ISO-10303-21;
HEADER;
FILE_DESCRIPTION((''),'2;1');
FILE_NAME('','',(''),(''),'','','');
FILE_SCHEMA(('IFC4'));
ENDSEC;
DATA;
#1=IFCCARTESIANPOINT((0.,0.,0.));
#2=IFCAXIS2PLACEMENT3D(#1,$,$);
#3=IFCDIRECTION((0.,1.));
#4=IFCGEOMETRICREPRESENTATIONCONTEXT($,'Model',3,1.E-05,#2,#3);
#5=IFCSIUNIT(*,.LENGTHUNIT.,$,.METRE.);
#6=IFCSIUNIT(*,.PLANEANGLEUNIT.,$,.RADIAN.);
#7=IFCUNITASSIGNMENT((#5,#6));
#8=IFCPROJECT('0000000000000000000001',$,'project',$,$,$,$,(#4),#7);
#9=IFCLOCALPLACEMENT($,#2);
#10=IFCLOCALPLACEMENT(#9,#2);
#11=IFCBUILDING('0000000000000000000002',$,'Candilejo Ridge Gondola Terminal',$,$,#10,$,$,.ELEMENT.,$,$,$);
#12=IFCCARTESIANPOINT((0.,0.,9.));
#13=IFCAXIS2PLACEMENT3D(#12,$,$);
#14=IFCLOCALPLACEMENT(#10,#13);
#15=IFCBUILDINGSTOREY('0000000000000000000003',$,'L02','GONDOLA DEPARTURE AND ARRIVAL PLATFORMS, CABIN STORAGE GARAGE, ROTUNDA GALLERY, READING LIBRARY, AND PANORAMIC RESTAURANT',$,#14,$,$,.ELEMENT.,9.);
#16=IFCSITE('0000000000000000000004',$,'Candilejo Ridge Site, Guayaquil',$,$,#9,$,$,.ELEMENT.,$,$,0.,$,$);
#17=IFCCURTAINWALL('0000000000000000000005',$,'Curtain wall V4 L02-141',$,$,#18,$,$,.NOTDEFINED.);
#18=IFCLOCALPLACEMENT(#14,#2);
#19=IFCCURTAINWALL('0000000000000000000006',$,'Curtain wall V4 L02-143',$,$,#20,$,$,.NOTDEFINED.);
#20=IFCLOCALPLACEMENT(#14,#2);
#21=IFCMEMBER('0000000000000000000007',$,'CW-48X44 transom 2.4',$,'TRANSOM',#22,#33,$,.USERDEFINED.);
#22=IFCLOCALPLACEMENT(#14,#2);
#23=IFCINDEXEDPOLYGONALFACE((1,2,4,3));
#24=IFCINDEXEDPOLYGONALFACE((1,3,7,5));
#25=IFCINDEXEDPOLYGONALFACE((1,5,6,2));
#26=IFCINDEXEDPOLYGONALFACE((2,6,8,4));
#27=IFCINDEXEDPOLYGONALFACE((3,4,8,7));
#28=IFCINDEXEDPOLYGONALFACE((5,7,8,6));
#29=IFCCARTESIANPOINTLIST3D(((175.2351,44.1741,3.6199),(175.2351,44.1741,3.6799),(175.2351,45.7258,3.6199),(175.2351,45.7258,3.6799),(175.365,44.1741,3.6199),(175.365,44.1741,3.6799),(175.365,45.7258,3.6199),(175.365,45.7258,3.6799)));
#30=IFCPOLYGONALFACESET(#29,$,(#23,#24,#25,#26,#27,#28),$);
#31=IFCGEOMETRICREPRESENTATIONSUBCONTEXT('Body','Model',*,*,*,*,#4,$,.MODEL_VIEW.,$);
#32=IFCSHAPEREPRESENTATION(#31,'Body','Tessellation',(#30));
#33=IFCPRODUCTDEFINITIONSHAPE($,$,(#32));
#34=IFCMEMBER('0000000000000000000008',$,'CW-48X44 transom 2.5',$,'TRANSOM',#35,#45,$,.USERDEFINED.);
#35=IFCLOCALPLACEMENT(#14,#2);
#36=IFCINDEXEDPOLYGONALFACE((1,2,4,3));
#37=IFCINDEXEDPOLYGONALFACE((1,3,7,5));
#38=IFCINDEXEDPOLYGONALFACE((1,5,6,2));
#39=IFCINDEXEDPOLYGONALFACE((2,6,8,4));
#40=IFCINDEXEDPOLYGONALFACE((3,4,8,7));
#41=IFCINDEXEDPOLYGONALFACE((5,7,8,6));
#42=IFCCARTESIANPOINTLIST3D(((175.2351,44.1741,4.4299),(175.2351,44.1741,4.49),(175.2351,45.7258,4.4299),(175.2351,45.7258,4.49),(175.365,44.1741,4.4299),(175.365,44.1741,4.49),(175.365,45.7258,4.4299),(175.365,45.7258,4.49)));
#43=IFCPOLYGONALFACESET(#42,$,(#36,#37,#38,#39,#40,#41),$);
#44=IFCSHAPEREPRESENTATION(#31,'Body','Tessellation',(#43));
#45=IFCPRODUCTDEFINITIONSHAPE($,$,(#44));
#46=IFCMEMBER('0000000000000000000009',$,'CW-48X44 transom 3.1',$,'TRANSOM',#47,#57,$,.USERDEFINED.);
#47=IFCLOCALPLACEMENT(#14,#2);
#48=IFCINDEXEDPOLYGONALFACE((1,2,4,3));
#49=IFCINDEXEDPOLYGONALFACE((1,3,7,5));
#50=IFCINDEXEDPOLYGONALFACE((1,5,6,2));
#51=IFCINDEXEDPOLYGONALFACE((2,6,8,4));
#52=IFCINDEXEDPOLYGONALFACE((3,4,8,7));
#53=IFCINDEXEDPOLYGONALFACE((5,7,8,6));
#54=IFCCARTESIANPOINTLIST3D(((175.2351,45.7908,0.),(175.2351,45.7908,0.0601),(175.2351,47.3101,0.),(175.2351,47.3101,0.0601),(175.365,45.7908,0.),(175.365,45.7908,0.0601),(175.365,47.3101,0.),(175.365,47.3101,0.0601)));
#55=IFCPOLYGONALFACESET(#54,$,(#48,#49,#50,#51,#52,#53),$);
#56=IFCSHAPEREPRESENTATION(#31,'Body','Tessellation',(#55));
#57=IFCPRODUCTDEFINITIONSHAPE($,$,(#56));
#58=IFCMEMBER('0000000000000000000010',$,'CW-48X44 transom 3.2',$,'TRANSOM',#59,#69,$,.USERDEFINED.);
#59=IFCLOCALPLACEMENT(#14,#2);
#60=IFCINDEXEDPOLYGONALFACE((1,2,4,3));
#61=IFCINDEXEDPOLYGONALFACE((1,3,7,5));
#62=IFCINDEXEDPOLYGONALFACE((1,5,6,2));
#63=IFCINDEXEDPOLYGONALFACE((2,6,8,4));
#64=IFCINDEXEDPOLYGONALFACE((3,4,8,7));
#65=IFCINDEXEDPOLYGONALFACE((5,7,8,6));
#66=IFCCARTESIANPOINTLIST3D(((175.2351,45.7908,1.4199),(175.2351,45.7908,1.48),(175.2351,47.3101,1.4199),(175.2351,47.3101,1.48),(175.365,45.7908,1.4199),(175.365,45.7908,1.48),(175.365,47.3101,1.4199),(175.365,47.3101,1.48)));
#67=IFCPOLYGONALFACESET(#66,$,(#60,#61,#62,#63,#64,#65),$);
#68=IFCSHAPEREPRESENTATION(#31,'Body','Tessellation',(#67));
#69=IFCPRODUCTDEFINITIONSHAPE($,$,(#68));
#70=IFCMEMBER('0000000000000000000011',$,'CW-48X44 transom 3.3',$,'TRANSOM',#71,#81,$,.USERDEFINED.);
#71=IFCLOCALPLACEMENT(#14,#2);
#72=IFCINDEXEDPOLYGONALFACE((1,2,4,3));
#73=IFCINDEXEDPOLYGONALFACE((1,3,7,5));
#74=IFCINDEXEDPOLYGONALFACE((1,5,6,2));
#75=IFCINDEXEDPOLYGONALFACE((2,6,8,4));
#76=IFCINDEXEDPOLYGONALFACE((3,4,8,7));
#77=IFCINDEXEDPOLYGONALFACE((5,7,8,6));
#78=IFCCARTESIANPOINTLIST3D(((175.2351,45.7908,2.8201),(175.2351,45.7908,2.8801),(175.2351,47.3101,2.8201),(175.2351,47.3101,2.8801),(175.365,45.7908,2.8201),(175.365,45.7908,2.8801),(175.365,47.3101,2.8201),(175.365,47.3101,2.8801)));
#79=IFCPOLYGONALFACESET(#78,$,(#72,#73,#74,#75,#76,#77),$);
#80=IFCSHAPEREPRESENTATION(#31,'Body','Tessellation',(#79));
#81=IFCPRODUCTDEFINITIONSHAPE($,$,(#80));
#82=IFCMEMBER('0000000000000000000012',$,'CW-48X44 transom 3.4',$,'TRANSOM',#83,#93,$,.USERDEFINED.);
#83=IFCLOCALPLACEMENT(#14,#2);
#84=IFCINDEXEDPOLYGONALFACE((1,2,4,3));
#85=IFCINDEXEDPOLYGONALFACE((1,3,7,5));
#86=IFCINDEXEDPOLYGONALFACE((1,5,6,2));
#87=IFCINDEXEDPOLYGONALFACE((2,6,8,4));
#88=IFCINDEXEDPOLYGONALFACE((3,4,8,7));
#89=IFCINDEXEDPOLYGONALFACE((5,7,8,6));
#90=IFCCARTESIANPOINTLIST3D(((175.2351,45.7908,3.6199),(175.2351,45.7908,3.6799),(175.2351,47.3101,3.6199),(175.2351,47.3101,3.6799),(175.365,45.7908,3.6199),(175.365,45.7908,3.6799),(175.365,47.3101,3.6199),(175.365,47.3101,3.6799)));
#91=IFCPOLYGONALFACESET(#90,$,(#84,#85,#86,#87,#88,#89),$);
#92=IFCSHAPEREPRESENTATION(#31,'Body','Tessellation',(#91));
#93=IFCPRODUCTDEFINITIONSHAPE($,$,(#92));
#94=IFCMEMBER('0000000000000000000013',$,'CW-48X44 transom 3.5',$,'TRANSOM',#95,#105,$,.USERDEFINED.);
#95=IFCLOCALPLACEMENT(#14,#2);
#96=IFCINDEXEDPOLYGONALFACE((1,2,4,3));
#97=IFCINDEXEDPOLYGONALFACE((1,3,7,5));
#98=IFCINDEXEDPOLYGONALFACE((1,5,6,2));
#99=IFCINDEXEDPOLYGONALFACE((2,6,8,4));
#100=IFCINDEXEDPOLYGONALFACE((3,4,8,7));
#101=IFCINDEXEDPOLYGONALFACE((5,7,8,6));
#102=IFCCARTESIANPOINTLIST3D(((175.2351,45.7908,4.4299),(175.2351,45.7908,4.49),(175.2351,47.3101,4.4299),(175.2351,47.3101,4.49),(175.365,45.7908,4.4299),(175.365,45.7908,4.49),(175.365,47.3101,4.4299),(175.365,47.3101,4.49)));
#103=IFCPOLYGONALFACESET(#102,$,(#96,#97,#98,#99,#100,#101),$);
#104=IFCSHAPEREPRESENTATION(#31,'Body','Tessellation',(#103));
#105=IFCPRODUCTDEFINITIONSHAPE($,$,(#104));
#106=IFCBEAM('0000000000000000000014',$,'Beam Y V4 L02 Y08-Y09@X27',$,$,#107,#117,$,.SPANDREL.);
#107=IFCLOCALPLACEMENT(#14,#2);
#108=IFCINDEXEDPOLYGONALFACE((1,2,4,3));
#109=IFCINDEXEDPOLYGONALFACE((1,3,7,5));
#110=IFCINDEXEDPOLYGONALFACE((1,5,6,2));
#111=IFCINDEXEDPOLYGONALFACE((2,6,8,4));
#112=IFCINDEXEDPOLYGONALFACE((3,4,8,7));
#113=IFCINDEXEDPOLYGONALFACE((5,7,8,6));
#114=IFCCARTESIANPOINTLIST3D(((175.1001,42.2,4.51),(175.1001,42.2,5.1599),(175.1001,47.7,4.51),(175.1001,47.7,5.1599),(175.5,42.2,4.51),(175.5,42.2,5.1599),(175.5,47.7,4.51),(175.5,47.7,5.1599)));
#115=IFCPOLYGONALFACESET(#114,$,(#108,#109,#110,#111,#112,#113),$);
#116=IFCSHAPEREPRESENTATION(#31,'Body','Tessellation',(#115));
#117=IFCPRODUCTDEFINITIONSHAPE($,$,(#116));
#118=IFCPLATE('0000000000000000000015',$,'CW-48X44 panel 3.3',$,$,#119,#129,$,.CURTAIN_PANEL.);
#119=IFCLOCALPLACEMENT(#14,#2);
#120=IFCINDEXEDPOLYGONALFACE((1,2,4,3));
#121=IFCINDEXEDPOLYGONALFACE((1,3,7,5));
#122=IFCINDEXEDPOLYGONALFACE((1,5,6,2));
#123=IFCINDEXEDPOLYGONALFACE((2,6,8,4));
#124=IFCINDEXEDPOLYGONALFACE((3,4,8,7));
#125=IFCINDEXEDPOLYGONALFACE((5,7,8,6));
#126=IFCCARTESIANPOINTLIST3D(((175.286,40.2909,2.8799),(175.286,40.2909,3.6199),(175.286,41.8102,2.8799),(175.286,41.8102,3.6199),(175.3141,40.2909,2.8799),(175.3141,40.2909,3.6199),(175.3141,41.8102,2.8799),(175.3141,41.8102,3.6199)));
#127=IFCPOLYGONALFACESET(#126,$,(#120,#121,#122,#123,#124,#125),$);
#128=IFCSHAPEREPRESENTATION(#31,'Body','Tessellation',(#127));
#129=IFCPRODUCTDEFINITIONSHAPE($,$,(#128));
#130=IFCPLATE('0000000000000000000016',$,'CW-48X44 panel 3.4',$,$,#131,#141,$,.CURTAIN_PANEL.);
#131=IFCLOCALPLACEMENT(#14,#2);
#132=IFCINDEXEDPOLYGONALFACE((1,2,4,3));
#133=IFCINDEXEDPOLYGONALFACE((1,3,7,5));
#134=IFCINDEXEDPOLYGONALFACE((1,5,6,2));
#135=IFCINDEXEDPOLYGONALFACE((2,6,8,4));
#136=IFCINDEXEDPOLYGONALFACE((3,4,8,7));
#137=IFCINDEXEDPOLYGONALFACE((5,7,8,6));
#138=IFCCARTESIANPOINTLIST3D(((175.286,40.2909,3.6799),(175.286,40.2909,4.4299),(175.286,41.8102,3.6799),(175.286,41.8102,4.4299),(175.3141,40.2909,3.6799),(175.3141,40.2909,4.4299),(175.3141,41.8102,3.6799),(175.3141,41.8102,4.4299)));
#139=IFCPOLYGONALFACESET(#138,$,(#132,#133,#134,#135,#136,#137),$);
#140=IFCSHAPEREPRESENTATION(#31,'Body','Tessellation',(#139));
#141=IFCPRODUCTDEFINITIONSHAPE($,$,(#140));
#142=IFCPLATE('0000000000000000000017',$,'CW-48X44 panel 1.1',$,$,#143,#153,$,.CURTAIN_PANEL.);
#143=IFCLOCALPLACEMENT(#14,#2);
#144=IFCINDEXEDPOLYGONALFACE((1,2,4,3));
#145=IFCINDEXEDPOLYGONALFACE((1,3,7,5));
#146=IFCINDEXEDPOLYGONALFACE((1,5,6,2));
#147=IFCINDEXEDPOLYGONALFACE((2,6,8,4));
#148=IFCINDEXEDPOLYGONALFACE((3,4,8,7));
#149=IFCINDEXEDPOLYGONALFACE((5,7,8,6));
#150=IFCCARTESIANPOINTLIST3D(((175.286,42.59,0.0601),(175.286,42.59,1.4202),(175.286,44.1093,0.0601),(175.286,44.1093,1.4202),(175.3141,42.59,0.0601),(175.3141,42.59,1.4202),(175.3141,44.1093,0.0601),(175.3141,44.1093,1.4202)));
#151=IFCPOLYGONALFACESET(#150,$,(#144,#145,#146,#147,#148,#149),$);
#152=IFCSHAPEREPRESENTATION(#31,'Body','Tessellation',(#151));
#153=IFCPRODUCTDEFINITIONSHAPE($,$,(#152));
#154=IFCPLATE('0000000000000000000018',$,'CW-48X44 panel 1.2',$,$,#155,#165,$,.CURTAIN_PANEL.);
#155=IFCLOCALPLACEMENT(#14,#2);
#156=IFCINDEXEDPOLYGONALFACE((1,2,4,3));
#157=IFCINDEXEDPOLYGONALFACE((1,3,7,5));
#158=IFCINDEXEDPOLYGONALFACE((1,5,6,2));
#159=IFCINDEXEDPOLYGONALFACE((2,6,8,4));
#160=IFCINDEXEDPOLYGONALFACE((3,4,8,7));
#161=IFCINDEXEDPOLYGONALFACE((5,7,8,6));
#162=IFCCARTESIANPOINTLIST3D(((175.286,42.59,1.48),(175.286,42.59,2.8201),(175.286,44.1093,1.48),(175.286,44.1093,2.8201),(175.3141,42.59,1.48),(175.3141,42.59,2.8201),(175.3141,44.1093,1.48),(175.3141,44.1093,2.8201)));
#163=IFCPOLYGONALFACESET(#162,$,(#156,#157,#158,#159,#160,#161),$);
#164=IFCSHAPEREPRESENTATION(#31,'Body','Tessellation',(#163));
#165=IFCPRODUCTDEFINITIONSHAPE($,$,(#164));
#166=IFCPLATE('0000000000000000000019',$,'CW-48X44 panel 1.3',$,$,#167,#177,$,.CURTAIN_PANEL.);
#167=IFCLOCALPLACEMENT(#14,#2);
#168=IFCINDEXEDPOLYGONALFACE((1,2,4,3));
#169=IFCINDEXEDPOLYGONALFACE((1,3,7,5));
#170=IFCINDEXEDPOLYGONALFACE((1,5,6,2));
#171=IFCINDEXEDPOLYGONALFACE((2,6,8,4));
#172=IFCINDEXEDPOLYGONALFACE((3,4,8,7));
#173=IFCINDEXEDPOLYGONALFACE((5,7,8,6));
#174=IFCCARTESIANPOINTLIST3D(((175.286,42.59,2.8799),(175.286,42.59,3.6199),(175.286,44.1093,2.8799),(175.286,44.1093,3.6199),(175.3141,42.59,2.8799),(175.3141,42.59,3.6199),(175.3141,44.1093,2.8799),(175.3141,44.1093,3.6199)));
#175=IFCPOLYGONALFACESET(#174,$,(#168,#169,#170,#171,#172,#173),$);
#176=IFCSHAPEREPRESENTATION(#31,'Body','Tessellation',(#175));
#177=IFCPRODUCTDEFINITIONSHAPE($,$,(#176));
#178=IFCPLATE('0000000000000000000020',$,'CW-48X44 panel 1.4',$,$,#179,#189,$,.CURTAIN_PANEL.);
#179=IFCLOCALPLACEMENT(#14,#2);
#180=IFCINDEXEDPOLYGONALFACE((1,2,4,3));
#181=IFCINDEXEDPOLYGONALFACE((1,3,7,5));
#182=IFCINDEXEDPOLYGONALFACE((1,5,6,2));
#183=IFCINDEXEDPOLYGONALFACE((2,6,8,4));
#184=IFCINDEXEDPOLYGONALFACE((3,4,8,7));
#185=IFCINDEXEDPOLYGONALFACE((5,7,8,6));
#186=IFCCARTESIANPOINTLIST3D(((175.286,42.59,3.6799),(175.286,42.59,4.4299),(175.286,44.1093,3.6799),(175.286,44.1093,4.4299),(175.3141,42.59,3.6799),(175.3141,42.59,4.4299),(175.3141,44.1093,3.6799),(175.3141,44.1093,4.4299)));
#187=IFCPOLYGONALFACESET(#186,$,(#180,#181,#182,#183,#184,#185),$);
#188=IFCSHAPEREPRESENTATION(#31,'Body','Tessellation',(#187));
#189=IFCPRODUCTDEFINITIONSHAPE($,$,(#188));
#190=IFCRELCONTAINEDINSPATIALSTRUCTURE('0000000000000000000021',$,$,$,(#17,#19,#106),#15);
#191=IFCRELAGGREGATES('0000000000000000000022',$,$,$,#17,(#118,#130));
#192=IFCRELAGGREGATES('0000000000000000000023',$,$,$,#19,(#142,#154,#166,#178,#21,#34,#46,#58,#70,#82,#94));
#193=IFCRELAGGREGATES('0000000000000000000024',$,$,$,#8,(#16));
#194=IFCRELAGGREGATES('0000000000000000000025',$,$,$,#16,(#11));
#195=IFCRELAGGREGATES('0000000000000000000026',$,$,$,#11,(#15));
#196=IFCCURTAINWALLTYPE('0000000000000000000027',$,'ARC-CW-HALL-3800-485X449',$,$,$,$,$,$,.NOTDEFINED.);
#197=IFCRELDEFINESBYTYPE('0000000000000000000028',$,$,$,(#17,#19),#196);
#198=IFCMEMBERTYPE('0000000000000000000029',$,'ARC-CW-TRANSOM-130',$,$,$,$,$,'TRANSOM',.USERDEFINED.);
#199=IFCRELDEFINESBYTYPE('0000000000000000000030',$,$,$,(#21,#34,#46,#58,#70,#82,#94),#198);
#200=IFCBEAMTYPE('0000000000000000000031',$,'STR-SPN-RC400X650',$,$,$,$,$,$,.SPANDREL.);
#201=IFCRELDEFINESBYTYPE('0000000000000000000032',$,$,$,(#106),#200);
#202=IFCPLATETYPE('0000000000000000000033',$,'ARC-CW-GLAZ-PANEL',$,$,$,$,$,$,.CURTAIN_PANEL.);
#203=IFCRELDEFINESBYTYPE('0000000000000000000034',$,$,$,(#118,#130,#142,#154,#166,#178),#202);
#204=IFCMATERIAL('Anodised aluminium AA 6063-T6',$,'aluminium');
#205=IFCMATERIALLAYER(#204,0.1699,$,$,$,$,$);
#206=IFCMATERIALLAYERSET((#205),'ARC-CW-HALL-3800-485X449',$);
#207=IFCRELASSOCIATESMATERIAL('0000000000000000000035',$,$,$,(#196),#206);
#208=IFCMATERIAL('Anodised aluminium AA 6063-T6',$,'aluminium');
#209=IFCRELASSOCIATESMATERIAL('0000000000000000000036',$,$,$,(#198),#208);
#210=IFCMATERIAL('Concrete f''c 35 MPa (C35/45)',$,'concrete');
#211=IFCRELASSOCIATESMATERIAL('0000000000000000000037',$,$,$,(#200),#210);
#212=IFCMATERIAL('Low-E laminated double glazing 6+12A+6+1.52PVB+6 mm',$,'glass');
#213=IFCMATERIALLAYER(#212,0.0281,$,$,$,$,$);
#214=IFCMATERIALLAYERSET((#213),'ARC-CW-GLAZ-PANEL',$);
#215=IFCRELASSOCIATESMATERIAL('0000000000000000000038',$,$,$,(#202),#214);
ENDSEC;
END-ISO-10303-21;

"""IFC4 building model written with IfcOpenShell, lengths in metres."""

from ifc_helpers import new_model, si_unit, direction, frame, origin, origin_2d, place, context, subcontext, project, spatial, rectangle, extrude, material, layer, layer_set, material_profile, profile_set, type_object, element, aggregate, save


model = new_model("IFC4")

# Units and contexts
model_context = context("Model", 3, precision=1e-05, world=origin(), true_north=direction((0.0, 1.0)))
body_context = subcontext(model_context, "Body", "Model", "MODEL_VIEW")
ifc_project = project(units=[si_unit("LENGTHUNIT", "METRE"), si_unit("PLANEANGLEUNIT", "RADIAN")], contexts=[model_context])

# Site, building, storey
site_placement = place(None, origin())
site = spatial("IfcSite", under=ifc_project, at=site_placement, Name="Candilejo Ridge Site, Guayaquil", CompositionType="ELEMENT", RefElevation=0.0)
building_placement = place(site_placement, origin())
building = spatial("IfcBuilding", under=site, at=building_placement, Name="Candilejo Ridge Gondola Terminal", CompositionType="ELEMENT")
storey_placement = place(building_placement, frame((0.0, 0.0, 9.0)))
storey = spatial("IfcBuildingStorey", under=building, at=storey_placement, Name="L02", Description="GONDOLA DEPARTURE AND ARRIVAL PLATFORMS, CABIN STORAGE GARAGE, ROTUNDA GALLERY, READING LIBRARY, AND PANORAMIC RESTAURANT", CompositionType="ELEMENT", Elevation=9.0)

# Curtain wall
ifc_material_1 = material(Name="Anodised aluminium AA 6063-T6", Category="aluminium")
ifc_layer_1 = layer(ifc_material_1, 0.1699)
ifc_layer_set_1 = layer_set([ifc_layer_1], Name="ARC-CW-HALL-3800-485X449")
curtain_wall_type = type_object("IfcCurtainWallType", Name="ARC-CW-HALL-3800-485X449", PredefinedType="NOTDEFINED", material=ifc_layer_set_1)
curtain_wall_1_placement = place(storey_placement, origin())
curtain_wall_1 = element("IfcCurtainWall", 1, at=curtain_wall_1_placement, inside=storey, type_object=curtain_wall_type, Name="Curtain wall V4 L02-141", PredefinedType="NOTDEFINED")

# Curtain wall, members
curtain_wall_2_placement = place(storey_placement, origin())
curtain_wall_2 = element("IfcCurtainWall", 2, at=curtain_wall_2_placement, inside=storey, type_object=curtain_wall_type, Name="Curtain wall V4 L02-143", PredefinedType="NOTDEFINED")
ifc_material_2 = material(Name="Anodised aluminium AA 6063-T6", Category="aluminium")
ifc_material_profile_1 = material_profile(ifc_material_2, rectangle(XDim=0.1299, YDim=0.0601, at=origin_2d()))
ifc_profile_set_1 = profile_set([ifc_material_profile_1], Name="Anodised aluminium AA 6063-T6")
member_type_1 = type_object("IfcMemberType", Name="ARC-CW-TRANSOM-130", ElementType="TRANSOM", PredefinedType="USERDEFINED", material=ifc_profile_set_1)
member_1_placement = place(storey_placement, frame((175.3, 44.1741, 3.6499), z_axis=(0.0, 1.0, 0.0), x_axis=(-1.0, 0.0, 0.0)))
member_1 = element("IfcMember", 3, at=member_1_placement, type_object=member_type_1, Name="CW-48X44 transom 2.4", ObjectType="TRANSOM", PredefinedType="USERDEFINED", context=body_context, shape_type="SweptSolid", body=[
    extrude(rectangle(XDim=0.1299, YDim=0.0601, at=origin_2d()), origin(), (0.0, 0.0, 1.0), 1.5518),
])
member_2_placement = place(storey_placement, frame((175.3, 44.1741, 4.46), z_axis=(0.0, 1.0, 0.0), x_axis=(-1.0, 0.0, 0.0)))
member_2 = element("IfcMember", 4, at=member_2_placement, type_object=member_type_1, Name="CW-48X44 transom 2.5", ObjectType="TRANSOM", PredefinedType="USERDEFINED", context=body_context, shape_type="SweptSolid", body=[
    extrude(rectangle(XDim=0.1299, YDim=0.0601, at=origin_2d()), origin(), (0.0, 0.0, 1.0), 1.5518),
])
member_3_placement = place(storey_placement, frame((175.3, 45.7908, 0.03), z_axis=(0.0, 1.0, 0.0), x_axis=(-1.0, 0.0, 0.0)))
member_3 = element("IfcMember", 5, at=member_3_placement, type_object=member_type_1, Name="CW-48X44 transom 3.1", ObjectType="TRANSOM", PredefinedType="USERDEFINED", context=body_context, shape_type="SweptSolid", body=[
    extrude(rectangle(XDim=0.1299, YDim=0.0601, at=origin_2d()), origin(), (0.0, 0.0, 1.0), 1.5193),
])
member_4_placement = place(storey_placement, frame((175.3, 45.7908, 1.45), z_axis=(0.0, 1.0, 0.0), x_axis=(-1.0, 0.0, 0.0)))
member_4 = element("IfcMember", 6, at=member_4_placement, type_object=member_type_1, Name="CW-48X44 transom 3.2", ObjectType="TRANSOM", PredefinedType="USERDEFINED", context=body_context, shape_type="SweptSolid", body=[
    extrude(rectangle(XDim=0.1299, YDim=0.0601, at=origin_2d()), origin(), (0.0, 0.0, 1.0), 1.5193),
])
member_5_placement = place(storey_placement, frame((175.3, 45.7908, 2.8501), z_axis=(0.0, 1.0, 0.0), x_axis=(-1.0, 0.0, 0.0)))
member_5 = element("IfcMember", 7, at=member_5_placement, type_object=member_type_1, Name="CW-48X44 transom 3.3", ObjectType="TRANSOM", PredefinedType="USERDEFINED", context=body_context, shape_type="SweptSolid", body=[
    extrude(rectangle(XDim=0.1299, YDim=0.0601, at=origin_2d()), origin(), (0.0, 0.0, 1.0), 1.5193),
])
member_6_placement = place(storey_placement, frame((175.3, 45.7908, 3.6499), z_axis=(0.0, 1.0, 0.0), x_axis=(-1.0, 0.0, 0.0)))
member_6 = element("IfcMember", 8, at=member_6_placement, type_object=member_type_1, Name="CW-48X44 transom 3.4", ObjectType="TRANSOM", PredefinedType="USERDEFINED", context=body_context, shape_type="SweptSolid", body=[
    extrude(rectangle(XDim=0.1299, YDim=0.0601, at=origin_2d()), origin(), (0.0, 0.0, 1.0), 1.5193),
])
member_7_placement = place(storey_placement, frame((175.3, 45.7908, 4.46), z_axis=(0.0, 1.0, 0.0), x_axis=(-1.0, 0.0, 0.0)))
member_7 = element("IfcMember", 9, at=member_7_placement, type_object=member_type_1, Name="CW-48X44 transom 3.5", ObjectType="TRANSOM", PredefinedType="USERDEFINED", context=body_context, shape_type="SweptSolid", body=[
    extrude(rectangle(XDim=0.1299, YDim=0.0601, at=origin_2d()), origin(), (0.0, 0.0, 1.0), 1.5193),
])

# Beam
ifc_material_3 = material(Name="Concrete f'c 35 MPa (C35/45)", Category="concrete")
ifc_material_profile_2 = material_profile(ifc_material_3, rectangle(XDim=0.3999, YDim=0.6499, at=origin_2d()))
ifc_profile_set_2 = profile_set([ifc_material_profile_2], Name="Concrete f'c 35 MPa (C35/45)")
beam_type = type_object("IfcBeamType", Name="STR-SPN-RC400X650", PredefinedType="SPANDREL", material=ifc_profile_set_2)
beam_placement = place(storey_placement, frame((175.3, 42.2, 4.835), z_axis=(0.0, 1.0, 0.0), x_axis=(-1.0, 0.0, 0.0)))
element("IfcBeam", 10, at=beam_placement, inside=storey, type_object=beam_type, Name="Beam Y V4 L02 Y08-Y09@X27", PredefinedType="SPANDREL", context=body_context, shape_type="SweptSolid", body=[
    extrude(rectangle(XDim=0.3999, YDim=0.6499, at=origin_2d()), origin(), (0.0, 0.0, 1.0), 5.5),
])

# Plates
ifc_material_4 = material(Name="Low-E laminated double glazing 6+12A+6+1.52PVB+6 mm", Category="glass")
ifc_layer_2 = layer(ifc_material_4, 0.0281)
ifc_layer_set_2 = layer_set([ifc_layer_2], Name="ARC-CW-GLAZ-PANEL")
plate_type = type_object("IfcPlateType", Name="ARC-CW-GLAZ-PANEL", PredefinedType="CURTAIN_PANEL", material=ifc_layer_set_2)
plate_1_placement = place(storey_placement, frame((175.3, 41.0505, 2.8799), z_axis=(0.0, 0.0, 1.0), x_axis=(0.0, 1.0, 0.0)))
plate_1 = element("IfcPlate", 11, at=plate_1_placement, type_object=plate_type, Name="CW-48X44 panel 3.3", PredefinedType="CURTAIN_PANEL", context=body_context, shape_type="SweptSolid", body=[
    extrude(rectangle(XDim=1.5193, YDim=0.0281, at=origin_2d()), origin(), (0.0, 0.0, 1.0), 0.74),
])
plate_2_placement = place(storey_placement, frame((175.3, 41.0505, 3.6799), z_axis=(0.0, 0.0, 1.0), x_axis=(0.0, 1.0, 0.0)))
plate_2 = element("IfcPlate", 12, at=plate_2_placement, type_object=plate_type, Name="CW-48X44 panel 3.4", PredefinedType="CURTAIN_PANEL", context=body_context, shape_type="SweptSolid", body=[
    extrude(rectangle(XDim=1.5193, YDim=0.0281, at=origin_2d()), origin(), (0.0, 0.0, 1.0), 0.75),
])
aggregate(curtain_wall_1, [plate_1, plate_2])
plate_3_placement = place(storey_placement, frame((175.3, 43.3496, 0.0601), z_axis=(0.0, 0.0, 1.0), x_axis=(0.0, 1.0, 0.0)))
plate_3 = element("IfcPlate", 13, at=plate_3_placement, type_object=plate_type, Name="CW-48X44 panel 1.1", PredefinedType="CURTAIN_PANEL", context=body_context, shape_type="SweptSolid", body=[
    extrude(rectangle(XDim=1.5193, YDim=0.0281, at=origin_2d()), origin(), (0.0, 0.0, 1.0), 1.3601),
])
plate_4_placement = place(storey_placement, frame((175.3, 43.3496, 1.48), z_axis=(0.0, 0.0, 1.0), x_axis=(0.0, 1.0, 0.0)))
plate_4 = element("IfcPlate", 14, at=plate_4_placement, type_object=plate_type, Name="CW-48X44 panel 1.2", PredefinedType="CURTAIN_PANEL", context=body_context, shape_type="SweptSolid", body=[
    extrude(rectangle(XDim=1.5193, YDim=0.0281, at=origin_2d()), origin(), (0.0, 0.0, 1.0), 1.3401),
])
plate_5_placement = place(storey_placement, frame((175.3, 43.3496, 2.8799), z_axis=(0.0, 0.0, 1.0), x_axis=(0.0, 1.0, 0.0)))
plate_5 = element("IfcPlate", 15, at=plate_5_placement, type_object=plate_type, Name="CW-48X44 panel 1.3", PredefinedType="CURTAIN_PANEL", context=body_context, shape_type="SweptSolid", body=[
    extrude(rectangle(XDim=1.5193, YDim=0.0281, at=origin_2d()), origin(), (0.0, 0.0, 1.0), 0.74),
])
plate_6_placement = place(storey_placement, frame((175.3, 43.3496, 3.6799), z_axis=(0.0, 0.0, 1.0), x_axis=(0.0, 1.0, 0.0)))
plate_6 = element("IfcPlate", 16, at=plate_6_placement, type_object=plate_type, Name="CW-48X44 panel 1.4", PredefinedType="CURTAIN_PANEL", context=body_context, shape_type="SweptSolid", body=[
    extrude(rectangle(XDim=1.5193, YDim=0.0281, at=origin_2d()), origin(), (0.0, 0.0, 1.0), 0.75),
])
aggregate(curtain_wall_2, [plate_3, plate_4, plate_5, plate_6, member_1, member_2, member_3, member_4, member_5, member_6, member_7])

save(model, "model.ifc")
